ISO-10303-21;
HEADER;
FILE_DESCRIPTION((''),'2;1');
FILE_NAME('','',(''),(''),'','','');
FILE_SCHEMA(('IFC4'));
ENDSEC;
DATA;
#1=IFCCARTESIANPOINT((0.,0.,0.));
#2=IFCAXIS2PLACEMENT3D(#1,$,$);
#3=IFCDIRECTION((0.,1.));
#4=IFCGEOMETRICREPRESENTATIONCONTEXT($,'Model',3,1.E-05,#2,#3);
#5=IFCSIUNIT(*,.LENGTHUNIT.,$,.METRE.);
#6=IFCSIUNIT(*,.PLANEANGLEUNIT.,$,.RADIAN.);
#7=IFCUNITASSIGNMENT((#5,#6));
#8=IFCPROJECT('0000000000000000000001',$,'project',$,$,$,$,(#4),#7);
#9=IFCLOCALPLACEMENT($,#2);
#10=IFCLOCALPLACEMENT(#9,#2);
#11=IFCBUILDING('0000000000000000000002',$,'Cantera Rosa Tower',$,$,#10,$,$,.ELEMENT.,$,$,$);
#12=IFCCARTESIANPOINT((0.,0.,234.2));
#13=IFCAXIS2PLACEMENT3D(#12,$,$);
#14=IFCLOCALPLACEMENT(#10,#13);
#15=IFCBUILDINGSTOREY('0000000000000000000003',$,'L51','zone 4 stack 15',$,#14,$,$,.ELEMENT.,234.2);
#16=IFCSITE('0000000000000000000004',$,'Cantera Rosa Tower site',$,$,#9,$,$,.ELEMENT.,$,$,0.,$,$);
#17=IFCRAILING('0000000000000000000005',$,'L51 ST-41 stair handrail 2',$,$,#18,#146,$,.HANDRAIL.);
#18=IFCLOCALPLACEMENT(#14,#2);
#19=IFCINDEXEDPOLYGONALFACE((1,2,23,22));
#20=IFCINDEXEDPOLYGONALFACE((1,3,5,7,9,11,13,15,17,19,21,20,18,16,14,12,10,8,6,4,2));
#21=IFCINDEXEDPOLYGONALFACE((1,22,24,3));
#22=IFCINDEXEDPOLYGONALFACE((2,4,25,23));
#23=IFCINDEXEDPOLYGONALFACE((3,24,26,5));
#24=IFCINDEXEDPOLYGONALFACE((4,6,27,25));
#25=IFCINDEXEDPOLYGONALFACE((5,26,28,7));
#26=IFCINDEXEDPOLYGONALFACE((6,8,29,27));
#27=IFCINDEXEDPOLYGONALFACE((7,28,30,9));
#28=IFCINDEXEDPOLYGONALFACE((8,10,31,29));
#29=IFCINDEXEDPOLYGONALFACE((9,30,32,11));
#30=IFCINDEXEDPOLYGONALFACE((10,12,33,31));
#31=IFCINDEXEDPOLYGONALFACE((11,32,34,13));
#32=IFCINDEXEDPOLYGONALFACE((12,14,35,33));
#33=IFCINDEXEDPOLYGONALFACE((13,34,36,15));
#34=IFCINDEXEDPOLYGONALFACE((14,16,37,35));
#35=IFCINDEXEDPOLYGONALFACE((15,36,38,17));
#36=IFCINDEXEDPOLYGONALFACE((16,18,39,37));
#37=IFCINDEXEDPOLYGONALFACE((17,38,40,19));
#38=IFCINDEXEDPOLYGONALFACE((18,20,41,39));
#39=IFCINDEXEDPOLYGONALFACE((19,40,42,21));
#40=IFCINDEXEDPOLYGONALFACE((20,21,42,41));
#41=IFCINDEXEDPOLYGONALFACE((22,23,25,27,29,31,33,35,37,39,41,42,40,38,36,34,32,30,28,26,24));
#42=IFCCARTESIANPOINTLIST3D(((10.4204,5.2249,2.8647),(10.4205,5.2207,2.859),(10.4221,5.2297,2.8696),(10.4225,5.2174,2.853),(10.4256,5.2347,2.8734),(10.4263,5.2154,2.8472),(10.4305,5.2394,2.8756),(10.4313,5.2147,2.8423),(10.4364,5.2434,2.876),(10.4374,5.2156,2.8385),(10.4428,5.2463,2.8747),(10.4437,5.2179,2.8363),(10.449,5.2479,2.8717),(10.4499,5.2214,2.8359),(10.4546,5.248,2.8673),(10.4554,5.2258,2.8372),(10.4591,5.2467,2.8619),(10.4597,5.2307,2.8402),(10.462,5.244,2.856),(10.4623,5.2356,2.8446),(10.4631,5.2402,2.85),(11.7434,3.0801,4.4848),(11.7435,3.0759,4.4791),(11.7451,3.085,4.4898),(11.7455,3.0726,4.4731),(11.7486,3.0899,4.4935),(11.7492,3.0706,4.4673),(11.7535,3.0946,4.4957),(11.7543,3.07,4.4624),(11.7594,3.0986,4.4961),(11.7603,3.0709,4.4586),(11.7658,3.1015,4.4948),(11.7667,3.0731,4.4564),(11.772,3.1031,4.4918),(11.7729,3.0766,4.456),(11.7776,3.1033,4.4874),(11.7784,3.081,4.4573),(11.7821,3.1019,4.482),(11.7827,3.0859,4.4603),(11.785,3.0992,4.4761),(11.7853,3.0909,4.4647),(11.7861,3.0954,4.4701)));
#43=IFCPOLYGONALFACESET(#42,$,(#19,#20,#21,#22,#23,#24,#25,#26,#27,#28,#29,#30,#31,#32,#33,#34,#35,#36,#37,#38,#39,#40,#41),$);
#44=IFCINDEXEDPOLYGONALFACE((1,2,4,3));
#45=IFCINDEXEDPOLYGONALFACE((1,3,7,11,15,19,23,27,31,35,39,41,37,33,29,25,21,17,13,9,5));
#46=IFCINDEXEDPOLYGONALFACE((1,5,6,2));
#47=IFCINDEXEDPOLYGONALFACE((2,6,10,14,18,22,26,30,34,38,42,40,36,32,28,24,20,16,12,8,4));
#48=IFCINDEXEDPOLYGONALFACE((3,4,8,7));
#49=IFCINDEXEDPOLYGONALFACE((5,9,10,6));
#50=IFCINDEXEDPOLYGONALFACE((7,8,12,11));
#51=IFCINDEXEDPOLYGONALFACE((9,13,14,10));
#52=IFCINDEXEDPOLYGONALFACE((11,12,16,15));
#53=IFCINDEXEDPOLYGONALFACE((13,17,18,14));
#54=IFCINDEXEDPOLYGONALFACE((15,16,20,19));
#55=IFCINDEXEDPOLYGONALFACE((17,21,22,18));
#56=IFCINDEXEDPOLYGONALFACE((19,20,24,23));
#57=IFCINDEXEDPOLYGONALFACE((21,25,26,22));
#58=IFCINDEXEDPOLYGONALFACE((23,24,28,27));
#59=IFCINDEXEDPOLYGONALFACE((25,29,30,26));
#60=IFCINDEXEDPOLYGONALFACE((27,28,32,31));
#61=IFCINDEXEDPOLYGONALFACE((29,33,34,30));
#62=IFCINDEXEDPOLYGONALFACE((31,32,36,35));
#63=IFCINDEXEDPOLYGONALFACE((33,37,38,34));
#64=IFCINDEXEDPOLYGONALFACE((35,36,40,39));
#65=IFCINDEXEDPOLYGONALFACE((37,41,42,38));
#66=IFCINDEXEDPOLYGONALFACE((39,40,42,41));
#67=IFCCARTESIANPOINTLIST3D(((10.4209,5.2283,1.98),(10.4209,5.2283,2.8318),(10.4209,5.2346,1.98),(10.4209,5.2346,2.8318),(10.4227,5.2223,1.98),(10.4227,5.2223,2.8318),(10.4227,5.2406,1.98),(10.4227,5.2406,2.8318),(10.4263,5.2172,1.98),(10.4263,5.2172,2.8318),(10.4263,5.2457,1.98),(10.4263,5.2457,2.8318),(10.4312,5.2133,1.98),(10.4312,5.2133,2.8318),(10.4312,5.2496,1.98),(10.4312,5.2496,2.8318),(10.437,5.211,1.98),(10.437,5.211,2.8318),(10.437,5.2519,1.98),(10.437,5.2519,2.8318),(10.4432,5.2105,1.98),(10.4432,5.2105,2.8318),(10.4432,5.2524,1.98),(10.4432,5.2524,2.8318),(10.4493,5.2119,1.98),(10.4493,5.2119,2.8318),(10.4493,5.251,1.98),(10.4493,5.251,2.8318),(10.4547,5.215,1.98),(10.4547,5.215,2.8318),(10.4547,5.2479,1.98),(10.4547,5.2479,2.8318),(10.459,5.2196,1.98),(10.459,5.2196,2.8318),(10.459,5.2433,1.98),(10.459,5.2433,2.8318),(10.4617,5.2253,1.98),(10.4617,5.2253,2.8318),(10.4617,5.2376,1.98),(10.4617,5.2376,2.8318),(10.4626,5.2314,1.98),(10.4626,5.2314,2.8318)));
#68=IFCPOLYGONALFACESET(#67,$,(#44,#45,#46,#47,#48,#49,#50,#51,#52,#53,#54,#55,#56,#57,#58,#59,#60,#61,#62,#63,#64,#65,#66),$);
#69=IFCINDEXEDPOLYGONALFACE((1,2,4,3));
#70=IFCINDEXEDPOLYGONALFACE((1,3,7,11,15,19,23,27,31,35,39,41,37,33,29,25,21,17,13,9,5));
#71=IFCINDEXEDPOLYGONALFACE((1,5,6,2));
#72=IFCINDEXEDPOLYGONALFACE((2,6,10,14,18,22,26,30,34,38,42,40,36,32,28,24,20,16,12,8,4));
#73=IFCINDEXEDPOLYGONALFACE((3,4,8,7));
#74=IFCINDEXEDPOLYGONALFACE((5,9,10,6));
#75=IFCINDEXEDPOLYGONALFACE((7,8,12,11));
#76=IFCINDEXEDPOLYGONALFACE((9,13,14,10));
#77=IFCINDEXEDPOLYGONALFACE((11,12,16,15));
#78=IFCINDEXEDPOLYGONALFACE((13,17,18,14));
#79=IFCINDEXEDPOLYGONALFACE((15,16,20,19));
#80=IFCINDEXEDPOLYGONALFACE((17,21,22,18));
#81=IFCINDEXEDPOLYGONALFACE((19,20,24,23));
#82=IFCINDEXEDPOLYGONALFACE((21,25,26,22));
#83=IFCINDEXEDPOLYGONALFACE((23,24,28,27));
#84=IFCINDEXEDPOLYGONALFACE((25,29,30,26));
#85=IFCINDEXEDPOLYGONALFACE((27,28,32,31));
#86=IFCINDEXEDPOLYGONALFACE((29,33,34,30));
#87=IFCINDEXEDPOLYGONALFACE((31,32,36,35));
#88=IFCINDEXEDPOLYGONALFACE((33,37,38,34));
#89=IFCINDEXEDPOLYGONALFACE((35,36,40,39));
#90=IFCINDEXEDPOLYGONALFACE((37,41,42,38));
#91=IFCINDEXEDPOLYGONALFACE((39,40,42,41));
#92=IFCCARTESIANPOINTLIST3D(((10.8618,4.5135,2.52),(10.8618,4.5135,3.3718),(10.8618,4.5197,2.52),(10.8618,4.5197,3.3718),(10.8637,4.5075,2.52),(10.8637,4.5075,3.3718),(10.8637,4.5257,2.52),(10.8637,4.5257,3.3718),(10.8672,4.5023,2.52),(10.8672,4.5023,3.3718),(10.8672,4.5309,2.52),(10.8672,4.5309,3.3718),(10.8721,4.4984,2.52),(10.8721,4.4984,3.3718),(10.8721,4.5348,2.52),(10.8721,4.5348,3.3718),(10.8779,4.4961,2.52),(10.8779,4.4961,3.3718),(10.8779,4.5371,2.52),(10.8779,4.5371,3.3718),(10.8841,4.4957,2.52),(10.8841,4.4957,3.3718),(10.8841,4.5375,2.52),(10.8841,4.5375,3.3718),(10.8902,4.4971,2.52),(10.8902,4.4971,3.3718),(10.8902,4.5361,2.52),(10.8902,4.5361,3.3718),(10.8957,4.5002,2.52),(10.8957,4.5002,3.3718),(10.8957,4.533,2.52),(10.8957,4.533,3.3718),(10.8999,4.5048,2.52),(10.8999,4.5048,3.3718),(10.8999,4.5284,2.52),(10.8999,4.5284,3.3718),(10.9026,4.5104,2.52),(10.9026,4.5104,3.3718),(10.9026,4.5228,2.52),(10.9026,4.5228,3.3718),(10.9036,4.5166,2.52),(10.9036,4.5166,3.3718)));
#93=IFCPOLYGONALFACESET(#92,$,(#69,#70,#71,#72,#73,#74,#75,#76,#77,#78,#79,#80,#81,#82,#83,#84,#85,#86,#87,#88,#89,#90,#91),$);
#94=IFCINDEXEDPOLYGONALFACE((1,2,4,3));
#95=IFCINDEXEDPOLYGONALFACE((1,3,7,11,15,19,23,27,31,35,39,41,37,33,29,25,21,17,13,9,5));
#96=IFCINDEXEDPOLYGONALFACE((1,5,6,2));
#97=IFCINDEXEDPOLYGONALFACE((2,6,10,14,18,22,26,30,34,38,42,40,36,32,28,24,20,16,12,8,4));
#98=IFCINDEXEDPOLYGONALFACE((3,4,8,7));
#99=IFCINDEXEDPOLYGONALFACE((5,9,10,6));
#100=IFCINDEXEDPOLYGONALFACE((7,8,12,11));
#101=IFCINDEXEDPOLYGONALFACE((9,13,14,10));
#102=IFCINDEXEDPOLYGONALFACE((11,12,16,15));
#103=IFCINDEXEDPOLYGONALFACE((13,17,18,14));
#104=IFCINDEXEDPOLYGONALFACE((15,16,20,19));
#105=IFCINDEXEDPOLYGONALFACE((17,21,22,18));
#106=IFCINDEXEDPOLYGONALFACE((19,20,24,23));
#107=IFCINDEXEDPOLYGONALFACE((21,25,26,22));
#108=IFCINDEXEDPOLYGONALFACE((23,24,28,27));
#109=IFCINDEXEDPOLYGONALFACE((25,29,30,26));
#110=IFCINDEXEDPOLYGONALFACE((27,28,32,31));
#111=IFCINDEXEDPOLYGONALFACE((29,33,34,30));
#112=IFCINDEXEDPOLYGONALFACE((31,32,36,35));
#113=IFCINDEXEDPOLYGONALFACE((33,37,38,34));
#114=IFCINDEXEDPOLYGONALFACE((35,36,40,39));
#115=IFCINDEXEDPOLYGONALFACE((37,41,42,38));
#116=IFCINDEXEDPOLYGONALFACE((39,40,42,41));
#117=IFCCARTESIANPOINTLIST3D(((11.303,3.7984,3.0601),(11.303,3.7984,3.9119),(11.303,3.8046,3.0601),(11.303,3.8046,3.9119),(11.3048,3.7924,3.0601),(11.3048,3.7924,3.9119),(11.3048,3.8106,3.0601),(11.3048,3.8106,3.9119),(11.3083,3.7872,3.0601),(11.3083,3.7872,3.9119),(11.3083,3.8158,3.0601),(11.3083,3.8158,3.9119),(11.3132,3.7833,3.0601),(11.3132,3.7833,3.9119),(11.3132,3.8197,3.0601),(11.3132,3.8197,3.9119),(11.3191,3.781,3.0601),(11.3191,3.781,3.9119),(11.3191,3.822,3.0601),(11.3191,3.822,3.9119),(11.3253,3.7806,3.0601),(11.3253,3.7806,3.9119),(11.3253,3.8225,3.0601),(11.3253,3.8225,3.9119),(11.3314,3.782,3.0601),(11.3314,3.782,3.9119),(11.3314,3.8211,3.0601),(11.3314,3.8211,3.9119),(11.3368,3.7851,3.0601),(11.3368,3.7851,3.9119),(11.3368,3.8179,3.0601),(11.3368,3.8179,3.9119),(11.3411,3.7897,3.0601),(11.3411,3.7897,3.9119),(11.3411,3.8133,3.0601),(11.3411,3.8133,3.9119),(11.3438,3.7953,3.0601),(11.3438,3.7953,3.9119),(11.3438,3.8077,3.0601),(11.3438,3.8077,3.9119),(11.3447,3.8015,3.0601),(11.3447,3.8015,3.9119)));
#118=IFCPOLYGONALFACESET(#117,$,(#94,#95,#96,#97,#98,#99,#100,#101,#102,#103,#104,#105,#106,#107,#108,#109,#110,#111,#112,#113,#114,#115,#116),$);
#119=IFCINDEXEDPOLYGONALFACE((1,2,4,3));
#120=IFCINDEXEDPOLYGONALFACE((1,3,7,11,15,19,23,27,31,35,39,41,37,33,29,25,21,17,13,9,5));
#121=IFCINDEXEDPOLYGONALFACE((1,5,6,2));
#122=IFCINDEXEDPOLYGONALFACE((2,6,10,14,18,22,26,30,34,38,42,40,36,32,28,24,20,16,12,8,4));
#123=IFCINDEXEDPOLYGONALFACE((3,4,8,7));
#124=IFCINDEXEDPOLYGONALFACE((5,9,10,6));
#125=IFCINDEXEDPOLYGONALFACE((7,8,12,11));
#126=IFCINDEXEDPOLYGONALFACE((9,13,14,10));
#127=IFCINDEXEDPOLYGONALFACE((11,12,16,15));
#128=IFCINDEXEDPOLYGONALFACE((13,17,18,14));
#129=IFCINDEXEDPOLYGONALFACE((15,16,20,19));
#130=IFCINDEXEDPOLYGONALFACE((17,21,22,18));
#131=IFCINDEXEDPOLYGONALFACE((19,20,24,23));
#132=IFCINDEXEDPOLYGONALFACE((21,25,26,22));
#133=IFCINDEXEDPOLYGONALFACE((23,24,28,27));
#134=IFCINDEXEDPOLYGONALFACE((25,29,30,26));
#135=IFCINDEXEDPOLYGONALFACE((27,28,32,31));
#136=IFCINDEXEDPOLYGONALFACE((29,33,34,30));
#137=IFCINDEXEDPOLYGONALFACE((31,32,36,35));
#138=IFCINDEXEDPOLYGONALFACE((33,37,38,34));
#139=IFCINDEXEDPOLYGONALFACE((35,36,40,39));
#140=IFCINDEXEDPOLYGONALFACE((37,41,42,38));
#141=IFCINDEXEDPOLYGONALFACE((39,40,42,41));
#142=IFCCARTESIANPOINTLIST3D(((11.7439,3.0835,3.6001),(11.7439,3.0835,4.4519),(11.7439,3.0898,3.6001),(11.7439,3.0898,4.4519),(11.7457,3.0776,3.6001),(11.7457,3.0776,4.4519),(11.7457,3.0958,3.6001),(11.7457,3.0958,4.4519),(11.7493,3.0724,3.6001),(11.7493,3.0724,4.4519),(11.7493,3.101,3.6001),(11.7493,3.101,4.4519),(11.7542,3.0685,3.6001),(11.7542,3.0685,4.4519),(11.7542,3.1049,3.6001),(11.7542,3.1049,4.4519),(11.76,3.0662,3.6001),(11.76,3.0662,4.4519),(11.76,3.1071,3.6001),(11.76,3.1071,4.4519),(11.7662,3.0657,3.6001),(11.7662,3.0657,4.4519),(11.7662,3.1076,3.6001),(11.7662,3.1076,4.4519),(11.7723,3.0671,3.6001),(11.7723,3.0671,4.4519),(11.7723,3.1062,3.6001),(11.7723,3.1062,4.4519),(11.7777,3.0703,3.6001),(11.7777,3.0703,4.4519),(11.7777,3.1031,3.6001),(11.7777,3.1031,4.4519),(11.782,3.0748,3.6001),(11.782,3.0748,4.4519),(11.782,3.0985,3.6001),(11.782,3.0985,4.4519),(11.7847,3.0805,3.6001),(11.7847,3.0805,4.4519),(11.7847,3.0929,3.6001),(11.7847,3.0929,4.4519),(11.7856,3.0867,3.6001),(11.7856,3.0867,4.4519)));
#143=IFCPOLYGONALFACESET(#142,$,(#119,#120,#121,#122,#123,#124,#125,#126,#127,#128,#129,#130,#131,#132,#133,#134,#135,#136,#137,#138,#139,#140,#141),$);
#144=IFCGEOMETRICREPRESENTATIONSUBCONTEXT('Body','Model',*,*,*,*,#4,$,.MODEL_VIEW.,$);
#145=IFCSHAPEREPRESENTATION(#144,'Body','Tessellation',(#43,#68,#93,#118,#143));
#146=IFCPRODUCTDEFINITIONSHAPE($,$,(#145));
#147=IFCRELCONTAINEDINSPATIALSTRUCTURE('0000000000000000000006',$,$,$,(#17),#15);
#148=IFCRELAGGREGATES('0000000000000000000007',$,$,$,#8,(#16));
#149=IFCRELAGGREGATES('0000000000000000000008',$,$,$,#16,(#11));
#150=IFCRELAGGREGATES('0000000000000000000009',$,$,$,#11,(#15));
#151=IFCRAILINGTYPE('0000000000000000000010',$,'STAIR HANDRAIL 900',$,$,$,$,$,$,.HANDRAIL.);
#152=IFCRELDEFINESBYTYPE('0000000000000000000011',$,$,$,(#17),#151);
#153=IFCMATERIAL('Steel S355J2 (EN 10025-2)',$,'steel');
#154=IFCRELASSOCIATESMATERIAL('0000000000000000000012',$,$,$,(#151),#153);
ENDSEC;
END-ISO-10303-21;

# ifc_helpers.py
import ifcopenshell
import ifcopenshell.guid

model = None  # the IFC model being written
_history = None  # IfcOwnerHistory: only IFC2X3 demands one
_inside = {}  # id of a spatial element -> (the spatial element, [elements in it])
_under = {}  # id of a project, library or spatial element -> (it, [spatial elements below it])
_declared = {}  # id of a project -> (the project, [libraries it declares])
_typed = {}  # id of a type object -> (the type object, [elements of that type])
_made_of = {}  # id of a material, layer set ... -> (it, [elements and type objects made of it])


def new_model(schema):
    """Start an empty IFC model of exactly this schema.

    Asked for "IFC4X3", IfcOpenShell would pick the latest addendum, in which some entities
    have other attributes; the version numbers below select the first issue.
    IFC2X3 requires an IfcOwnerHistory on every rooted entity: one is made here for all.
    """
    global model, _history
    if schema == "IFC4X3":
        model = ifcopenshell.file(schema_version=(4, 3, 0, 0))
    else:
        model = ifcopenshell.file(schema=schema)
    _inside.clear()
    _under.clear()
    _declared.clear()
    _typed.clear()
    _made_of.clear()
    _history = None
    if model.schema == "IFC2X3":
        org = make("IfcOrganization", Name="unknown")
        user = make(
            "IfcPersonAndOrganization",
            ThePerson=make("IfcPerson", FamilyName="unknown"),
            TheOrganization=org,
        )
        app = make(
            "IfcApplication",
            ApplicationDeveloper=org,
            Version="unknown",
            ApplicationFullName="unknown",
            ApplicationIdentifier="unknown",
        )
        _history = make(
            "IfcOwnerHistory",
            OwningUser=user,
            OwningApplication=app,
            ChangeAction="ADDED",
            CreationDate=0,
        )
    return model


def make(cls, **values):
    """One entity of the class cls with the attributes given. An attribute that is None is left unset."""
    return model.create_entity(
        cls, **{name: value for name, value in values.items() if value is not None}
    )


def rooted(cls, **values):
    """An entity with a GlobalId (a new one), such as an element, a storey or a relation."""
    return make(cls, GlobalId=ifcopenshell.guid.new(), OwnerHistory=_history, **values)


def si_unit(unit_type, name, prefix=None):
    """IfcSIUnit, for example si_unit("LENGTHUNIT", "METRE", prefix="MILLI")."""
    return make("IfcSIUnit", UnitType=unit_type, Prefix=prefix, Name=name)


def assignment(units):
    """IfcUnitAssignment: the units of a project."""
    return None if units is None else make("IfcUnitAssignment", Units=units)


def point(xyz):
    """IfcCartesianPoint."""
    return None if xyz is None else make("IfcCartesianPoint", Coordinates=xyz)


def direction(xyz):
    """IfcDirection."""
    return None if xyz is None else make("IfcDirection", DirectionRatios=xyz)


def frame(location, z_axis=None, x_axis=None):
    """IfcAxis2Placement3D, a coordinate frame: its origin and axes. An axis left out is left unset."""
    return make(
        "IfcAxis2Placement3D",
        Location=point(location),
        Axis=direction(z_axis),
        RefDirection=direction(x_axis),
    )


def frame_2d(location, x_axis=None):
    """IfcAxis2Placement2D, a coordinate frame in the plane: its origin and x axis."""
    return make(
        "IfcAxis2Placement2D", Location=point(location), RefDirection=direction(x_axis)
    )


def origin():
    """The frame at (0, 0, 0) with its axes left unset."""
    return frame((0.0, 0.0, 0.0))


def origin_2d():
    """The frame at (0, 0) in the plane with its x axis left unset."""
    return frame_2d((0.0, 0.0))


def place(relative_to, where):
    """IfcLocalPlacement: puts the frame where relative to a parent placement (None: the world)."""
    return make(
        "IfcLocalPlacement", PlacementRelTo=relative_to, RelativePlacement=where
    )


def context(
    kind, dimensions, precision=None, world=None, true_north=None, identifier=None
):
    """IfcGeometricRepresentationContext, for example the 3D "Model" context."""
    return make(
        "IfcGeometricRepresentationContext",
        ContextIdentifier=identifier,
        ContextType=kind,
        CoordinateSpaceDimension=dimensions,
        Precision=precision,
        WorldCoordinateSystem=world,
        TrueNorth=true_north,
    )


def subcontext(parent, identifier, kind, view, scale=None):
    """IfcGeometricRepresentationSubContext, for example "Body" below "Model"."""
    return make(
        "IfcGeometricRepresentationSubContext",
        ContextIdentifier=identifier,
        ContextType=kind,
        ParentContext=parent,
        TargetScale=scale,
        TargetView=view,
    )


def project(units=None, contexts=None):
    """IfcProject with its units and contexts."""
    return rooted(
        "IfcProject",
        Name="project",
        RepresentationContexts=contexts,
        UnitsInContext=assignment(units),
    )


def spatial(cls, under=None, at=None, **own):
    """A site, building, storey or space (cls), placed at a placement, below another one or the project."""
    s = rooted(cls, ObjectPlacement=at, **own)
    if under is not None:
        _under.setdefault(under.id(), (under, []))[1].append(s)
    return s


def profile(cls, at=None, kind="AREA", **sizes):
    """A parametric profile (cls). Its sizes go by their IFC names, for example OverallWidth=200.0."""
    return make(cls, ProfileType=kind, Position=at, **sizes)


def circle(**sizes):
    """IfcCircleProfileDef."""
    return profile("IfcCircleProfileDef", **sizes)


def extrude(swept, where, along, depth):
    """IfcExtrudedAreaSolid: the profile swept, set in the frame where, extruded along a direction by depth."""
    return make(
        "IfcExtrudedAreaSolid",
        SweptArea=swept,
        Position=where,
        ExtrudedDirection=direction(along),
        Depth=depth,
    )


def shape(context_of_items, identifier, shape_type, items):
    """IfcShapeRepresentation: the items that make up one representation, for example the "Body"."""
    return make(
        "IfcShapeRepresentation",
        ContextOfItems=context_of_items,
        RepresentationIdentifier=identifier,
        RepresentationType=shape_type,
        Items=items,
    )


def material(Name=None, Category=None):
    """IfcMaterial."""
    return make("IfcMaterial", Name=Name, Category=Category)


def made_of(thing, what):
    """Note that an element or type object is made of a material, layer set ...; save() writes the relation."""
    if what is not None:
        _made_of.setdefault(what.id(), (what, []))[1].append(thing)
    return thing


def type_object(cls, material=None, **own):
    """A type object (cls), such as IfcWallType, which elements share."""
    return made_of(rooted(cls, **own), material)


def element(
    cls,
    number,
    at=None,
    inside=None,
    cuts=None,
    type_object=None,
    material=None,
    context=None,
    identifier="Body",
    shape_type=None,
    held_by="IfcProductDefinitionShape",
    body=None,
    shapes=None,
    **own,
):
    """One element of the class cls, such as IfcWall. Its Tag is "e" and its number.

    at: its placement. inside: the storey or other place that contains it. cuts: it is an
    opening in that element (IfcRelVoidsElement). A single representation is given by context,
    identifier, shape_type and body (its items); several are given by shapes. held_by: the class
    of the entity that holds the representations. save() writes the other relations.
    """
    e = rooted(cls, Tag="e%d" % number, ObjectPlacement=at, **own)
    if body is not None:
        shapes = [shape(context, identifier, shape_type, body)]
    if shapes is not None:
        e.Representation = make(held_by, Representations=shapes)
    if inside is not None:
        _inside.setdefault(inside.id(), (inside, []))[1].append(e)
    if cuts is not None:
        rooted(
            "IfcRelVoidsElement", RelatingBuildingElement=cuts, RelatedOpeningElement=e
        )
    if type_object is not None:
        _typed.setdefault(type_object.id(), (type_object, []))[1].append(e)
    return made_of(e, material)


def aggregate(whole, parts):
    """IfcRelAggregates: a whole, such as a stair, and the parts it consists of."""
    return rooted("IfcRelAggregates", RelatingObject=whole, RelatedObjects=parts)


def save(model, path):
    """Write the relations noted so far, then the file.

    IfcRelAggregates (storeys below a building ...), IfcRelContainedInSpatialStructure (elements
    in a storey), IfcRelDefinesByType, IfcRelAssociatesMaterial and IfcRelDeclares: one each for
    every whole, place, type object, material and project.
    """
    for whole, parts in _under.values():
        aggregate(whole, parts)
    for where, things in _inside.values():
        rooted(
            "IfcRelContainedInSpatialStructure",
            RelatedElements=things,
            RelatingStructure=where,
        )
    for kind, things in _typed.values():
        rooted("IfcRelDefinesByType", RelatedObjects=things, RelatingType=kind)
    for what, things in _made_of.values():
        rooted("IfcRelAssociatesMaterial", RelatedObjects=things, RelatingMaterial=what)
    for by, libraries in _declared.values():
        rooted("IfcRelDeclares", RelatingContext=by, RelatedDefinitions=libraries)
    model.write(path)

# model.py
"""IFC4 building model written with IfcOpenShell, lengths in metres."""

from ifc_helpers import new_model, si_unit, direction, frame, origin, origin_2d, place, context, subcontext, project, spatial, circle, extrude, material, type_object, element, save


model = new_model("IFC4")

# Units and contexts
model_context = context("Model", 3, precision=1e-05, world=origin(), true_north=direction((0.0, 1.0)))
body_context = subcontext(model_context, "Body", "Model", "MODEL_VIEW")
ifc_project = project(units=[si_unit("LENGTHUNIT", "METRE"), si_unit("PLANEANGLEUNIT", "RADIAN")], contexts=[model_context])

# Site, building, storey
site_placement = place(None, origin())
site = spatial("IfcSite", under=ifc_project, at=site_placement, Name="Cantera Rosa Tower site", CompositionType="ELEMENT", RefElevation=0.0)
building_placement = place(site_placement, origin())
building = spatial("IfcBuilding", under=site, at=building_placement, Name="Cantera Rosa Tower", CompositionType="ELEMENT")
storey_placement = place(building_placement, frame((0.0, 0.0, 234.2)))
storey = spatial("IfcBuildingStorey", under=building, at=storey_placement, Name="L51", Description="zone 4 stack 15", CompositionType="ELEMENT", Elevation=234.2)

# Railing
ifc_material_1 = material(Name="Steel S355J2 (EN 10025-2)", Category="steel")
railing_type_1 = type_object("IfcRailingType", Name="STAIR HANDRAIL 900", PredefinedType="HANDRAIL", material=ifc_material_1)
railing_1_placement = place(storey_placement, frame((10.4417, 5.2314, 1.98)))
element("IfcRailing", 1, at=railing_1_placement, inside=storey, type_object=railing_type_1, Name="L51 ST-41 stair handrail 2", PredefinedType="HANDRAIL", context=body_context, shape_type="SweptSolid", body=[
    extrude(circle(Radius=0.0239, at=origin_2d()), frame((0.0, 0.0, 0.876), z_axis=(0.441609, -0.715914, 0.540786), x_axis=(0.851102, 0.525, 0.0)), (0.0, 0.0, 1.0), 2.9958),
    extrude(circle(Radius=0.021, at=origin_2d()), origin(), (0.0, 0.0, 1.0), 0.8518),
    extrude(circle(Radius=0.021, at=origin_2d()), frame((0.4409, -0.7148, 0.54)), (0.0, 0.0, 1.0), 0.8518),
    extrude(circle(Radius=0.021, at=origin_2d()), frame((0.8821, -1.4299, 1.0801)), (0.0, 0.0, 1.0), 0.8518),
    extrude(circle(Radius=0.021, at=origin_2d()), frame((1.323, -2.1448, 1.6201)), (0.0, 0.0, 1.0), 0.8518),
])

save(model, "model.ifc")
